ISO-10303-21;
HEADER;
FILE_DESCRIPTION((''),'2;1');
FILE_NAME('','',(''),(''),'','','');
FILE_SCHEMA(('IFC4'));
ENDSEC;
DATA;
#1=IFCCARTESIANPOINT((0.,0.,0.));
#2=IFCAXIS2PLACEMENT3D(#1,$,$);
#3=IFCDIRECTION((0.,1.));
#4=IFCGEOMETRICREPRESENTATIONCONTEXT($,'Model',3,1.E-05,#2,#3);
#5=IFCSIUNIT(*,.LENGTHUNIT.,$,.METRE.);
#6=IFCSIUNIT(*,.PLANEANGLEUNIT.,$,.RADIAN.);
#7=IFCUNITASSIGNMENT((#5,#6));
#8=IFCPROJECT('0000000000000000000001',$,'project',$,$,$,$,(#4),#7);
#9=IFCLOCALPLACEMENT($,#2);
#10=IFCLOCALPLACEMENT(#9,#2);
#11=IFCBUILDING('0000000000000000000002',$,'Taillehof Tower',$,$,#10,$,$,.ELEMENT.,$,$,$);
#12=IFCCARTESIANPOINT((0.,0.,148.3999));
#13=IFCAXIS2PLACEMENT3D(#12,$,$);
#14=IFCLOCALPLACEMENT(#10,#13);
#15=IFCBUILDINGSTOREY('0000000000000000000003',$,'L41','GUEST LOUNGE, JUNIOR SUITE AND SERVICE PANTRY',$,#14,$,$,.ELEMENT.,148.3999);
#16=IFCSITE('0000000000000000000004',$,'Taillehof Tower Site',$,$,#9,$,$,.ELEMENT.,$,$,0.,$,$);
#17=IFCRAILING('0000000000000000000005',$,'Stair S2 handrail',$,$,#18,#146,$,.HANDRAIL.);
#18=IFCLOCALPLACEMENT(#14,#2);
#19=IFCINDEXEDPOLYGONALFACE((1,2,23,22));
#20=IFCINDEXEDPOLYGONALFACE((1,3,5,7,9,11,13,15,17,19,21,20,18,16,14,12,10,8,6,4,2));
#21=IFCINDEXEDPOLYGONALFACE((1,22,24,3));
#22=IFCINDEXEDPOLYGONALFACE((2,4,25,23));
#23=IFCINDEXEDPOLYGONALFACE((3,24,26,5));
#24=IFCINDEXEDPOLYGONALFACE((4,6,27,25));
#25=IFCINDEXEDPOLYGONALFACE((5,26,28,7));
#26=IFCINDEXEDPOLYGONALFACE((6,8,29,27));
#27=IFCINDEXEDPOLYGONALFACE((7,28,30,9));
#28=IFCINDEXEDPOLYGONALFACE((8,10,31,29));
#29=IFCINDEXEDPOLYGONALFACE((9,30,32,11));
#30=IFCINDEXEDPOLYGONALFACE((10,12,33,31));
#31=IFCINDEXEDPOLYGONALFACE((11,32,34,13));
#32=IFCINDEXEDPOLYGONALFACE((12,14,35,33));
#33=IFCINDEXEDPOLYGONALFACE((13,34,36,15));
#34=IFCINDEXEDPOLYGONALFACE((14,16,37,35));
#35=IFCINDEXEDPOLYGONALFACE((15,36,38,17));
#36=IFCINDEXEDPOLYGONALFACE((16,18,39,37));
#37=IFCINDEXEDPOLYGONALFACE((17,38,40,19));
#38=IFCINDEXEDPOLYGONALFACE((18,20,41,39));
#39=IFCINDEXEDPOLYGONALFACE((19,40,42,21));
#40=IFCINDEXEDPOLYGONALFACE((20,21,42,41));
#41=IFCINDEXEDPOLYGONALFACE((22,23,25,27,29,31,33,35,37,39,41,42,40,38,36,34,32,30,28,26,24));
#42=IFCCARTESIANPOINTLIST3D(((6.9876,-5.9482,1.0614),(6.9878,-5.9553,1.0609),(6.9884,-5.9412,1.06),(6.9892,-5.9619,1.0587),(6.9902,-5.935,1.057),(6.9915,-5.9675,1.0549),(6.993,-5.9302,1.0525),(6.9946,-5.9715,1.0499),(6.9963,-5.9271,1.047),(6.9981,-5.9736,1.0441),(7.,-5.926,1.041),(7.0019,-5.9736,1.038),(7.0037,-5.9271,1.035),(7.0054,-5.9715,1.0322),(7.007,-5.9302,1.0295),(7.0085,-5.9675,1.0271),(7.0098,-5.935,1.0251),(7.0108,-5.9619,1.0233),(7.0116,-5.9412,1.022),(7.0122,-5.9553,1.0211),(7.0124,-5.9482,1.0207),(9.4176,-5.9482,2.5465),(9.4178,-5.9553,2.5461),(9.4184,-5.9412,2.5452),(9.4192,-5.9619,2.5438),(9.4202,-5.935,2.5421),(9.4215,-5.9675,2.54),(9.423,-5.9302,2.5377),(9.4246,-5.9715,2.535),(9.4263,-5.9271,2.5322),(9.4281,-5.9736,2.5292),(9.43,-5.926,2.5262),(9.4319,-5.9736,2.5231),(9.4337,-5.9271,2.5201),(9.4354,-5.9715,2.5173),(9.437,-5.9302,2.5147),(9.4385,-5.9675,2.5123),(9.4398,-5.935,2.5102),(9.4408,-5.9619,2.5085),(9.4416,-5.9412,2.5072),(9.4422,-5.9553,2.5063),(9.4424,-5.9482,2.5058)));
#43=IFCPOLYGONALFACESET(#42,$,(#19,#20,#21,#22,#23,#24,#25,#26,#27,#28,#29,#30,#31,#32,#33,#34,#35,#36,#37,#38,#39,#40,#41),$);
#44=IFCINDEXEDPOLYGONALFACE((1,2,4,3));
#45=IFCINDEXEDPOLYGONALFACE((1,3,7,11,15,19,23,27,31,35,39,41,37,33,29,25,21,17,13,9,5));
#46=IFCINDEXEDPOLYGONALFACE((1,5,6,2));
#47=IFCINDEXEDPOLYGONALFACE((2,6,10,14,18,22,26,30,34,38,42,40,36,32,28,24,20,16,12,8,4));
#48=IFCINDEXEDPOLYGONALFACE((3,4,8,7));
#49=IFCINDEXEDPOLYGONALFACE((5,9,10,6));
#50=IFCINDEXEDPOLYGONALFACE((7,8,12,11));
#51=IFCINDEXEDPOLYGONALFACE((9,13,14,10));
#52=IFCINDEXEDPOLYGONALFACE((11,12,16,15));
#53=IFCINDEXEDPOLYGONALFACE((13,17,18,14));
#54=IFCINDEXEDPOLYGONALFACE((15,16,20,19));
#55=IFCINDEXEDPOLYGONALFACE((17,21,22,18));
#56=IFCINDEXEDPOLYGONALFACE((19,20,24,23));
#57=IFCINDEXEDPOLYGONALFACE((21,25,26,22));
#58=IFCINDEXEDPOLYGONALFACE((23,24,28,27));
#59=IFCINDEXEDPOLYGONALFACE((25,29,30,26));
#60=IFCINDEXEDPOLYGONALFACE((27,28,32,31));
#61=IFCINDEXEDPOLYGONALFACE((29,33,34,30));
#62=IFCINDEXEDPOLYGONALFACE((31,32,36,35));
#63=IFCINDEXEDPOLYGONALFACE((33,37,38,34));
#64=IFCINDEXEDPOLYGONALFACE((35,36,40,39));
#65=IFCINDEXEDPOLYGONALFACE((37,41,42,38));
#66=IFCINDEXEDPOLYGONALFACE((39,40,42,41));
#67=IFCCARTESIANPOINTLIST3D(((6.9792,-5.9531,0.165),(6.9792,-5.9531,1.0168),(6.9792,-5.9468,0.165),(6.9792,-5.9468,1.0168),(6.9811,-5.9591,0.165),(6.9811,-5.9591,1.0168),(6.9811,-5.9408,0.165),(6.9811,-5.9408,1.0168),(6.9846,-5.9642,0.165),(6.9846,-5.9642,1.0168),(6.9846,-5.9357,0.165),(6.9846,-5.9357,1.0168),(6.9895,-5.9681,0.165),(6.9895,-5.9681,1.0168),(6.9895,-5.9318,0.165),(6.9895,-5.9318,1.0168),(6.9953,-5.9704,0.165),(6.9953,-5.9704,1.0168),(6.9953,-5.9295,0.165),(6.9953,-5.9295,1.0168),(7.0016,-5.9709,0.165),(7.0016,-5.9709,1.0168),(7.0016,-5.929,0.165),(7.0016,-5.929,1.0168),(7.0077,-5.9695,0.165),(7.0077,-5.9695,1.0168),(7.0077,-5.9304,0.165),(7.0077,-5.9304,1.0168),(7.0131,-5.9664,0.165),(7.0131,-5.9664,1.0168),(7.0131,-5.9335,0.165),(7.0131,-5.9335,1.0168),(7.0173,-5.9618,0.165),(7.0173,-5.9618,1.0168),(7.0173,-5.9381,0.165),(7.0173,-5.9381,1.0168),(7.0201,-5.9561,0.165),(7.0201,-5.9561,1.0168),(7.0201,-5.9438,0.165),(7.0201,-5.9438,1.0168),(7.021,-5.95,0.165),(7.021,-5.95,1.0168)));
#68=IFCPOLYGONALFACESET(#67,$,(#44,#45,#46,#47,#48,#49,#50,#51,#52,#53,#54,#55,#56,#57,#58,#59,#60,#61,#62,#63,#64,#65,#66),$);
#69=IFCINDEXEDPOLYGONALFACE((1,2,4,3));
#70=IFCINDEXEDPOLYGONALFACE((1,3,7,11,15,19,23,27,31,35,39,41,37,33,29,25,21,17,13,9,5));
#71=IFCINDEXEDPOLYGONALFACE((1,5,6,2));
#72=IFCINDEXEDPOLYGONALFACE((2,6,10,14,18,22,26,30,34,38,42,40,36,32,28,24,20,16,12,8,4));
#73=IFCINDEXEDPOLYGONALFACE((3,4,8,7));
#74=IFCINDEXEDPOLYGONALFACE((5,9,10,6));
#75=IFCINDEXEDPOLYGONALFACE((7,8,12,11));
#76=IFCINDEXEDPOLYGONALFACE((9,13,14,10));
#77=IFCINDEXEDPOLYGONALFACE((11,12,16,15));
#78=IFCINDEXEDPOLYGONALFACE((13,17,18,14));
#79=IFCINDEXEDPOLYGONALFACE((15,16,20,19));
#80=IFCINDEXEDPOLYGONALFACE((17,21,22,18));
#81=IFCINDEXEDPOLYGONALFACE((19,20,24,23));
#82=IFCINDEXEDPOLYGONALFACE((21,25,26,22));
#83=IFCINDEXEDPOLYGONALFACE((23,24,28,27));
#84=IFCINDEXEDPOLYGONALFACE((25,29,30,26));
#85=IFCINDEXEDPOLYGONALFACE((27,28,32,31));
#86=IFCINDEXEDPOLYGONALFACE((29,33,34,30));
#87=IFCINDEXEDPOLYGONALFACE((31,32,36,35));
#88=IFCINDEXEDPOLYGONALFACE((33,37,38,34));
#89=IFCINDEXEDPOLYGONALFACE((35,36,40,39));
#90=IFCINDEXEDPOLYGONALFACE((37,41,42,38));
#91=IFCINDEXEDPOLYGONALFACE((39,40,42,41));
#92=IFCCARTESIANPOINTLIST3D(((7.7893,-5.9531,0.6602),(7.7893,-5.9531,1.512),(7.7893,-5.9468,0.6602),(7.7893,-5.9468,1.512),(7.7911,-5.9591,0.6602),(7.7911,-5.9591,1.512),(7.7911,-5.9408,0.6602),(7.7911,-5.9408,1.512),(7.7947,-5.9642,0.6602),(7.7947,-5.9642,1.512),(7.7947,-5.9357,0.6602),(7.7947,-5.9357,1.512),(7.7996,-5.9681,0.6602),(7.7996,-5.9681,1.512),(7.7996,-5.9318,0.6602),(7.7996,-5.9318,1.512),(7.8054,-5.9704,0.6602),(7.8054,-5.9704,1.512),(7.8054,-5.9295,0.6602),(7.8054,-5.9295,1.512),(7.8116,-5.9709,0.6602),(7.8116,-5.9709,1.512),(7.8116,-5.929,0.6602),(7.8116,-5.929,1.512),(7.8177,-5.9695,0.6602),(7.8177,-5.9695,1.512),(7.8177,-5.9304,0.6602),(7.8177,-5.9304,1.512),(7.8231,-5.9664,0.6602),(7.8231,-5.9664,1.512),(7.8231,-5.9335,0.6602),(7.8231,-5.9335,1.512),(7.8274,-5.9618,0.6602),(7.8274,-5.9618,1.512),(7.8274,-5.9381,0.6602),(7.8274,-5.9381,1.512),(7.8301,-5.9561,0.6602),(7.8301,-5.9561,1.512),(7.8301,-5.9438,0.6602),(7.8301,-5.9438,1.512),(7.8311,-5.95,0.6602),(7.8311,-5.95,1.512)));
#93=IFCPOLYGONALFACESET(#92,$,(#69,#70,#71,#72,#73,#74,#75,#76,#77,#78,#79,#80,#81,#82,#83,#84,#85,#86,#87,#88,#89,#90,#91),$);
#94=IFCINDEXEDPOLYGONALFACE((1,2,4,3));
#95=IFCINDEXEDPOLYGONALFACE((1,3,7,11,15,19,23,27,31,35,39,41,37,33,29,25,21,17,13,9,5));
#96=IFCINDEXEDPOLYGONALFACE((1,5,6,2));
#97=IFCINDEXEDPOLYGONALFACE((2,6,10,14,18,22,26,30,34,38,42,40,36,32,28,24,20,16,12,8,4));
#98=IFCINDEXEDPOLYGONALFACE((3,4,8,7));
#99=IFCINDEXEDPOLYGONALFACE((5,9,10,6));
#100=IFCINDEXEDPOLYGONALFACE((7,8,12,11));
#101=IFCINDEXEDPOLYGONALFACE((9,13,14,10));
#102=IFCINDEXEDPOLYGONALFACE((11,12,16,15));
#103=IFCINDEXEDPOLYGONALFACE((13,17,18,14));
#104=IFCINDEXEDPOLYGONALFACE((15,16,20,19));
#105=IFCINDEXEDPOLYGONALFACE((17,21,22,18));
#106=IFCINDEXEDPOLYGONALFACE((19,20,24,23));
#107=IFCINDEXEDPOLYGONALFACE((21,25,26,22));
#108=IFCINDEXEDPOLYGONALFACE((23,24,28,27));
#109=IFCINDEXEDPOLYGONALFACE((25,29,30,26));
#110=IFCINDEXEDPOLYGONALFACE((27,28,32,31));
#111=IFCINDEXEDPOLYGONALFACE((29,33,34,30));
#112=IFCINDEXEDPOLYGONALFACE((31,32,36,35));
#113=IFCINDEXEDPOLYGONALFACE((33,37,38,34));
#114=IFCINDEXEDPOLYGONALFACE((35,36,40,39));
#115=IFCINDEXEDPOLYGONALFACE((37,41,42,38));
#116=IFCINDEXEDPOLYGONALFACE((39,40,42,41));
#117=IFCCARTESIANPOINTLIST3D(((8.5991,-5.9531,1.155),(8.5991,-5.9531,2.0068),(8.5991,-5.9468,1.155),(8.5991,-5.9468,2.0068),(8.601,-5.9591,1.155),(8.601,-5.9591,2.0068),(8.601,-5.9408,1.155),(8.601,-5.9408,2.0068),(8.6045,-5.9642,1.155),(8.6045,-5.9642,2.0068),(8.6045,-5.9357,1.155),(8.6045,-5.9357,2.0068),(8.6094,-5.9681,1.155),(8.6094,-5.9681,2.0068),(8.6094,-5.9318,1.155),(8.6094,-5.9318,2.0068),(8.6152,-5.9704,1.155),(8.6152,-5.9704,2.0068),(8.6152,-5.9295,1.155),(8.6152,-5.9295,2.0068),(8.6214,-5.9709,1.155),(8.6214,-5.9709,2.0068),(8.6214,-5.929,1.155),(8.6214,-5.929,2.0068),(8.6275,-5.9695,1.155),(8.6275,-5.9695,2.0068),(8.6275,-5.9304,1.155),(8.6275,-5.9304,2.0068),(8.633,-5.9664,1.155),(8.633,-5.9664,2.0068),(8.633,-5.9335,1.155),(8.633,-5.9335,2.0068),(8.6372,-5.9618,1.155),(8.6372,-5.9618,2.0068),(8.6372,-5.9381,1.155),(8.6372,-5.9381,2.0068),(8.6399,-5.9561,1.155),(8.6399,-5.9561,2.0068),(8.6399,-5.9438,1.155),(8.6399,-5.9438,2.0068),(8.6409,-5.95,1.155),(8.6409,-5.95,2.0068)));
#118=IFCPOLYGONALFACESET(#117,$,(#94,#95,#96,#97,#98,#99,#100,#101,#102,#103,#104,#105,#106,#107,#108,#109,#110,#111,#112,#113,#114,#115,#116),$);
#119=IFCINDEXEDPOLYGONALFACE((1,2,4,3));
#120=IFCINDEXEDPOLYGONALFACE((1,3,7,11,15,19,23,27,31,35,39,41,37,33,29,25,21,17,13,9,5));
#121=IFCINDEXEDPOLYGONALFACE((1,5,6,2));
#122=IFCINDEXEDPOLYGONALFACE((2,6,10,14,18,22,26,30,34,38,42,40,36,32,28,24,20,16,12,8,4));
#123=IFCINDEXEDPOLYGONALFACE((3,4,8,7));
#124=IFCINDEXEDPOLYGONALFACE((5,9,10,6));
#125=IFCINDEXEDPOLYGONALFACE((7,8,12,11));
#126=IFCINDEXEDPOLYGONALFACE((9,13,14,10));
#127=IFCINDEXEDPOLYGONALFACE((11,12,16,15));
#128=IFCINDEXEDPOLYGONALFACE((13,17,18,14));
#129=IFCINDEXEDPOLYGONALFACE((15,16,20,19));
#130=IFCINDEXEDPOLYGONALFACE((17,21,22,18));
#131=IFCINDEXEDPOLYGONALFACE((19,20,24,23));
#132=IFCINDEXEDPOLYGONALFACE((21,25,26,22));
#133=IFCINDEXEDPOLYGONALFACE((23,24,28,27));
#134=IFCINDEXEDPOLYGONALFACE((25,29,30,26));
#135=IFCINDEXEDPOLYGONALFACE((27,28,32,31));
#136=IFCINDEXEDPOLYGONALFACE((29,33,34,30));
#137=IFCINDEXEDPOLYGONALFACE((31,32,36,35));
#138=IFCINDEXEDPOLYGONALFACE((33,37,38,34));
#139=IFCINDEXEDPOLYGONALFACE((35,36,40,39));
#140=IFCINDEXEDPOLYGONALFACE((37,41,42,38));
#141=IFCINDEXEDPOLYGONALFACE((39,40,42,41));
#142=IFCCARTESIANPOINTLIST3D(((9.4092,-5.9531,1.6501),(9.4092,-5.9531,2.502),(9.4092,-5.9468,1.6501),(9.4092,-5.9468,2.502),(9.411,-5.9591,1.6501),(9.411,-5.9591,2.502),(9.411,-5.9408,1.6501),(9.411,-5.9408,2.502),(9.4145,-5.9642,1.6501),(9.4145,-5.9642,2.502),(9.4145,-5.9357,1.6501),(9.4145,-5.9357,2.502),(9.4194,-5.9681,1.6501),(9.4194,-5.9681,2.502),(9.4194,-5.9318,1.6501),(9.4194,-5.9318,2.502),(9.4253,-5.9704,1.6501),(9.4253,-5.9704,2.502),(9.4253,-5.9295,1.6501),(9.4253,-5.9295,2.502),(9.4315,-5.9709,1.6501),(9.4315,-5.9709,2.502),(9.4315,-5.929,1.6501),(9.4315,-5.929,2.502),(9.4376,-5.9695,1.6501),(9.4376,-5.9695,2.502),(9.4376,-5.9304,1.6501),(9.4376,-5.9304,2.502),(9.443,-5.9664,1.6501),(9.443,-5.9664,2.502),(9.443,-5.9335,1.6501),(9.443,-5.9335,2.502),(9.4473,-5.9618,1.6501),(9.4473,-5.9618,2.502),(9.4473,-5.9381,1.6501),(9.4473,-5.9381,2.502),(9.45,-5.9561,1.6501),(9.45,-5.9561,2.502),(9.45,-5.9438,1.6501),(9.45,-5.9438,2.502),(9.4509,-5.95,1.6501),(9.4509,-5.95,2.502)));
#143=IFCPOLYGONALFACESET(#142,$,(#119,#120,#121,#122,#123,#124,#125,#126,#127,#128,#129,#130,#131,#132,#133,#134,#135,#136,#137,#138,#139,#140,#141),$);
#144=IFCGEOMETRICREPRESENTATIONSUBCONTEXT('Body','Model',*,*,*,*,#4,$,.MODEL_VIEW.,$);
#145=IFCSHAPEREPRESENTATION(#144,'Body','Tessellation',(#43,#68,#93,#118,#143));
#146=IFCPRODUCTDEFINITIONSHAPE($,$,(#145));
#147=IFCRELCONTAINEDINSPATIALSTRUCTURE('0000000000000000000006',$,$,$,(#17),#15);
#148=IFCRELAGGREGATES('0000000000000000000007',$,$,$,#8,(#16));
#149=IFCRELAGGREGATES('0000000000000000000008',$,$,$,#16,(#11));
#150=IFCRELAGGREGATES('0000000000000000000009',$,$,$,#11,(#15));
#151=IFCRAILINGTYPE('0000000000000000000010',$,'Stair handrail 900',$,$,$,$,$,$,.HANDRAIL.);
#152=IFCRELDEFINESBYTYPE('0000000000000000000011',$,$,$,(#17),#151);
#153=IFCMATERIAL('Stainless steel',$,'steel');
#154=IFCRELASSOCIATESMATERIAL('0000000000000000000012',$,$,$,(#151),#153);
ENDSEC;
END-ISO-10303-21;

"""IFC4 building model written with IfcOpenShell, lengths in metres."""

from ifc_helpers import new_model, si_unit, direction, frame, origin, origin_2d, place, context, subcontext, project, spatial, circle, extrude, material, type_object, element, save


model = new_model("IFC4")

# Units and contexts
model_context = context("Model", 3, precision=1e-05, world=origin(), true_north=direction((0.0, 1.0)))
body_context = subcontext(model_context, "Body", "Model", "MODEL_VIEW")
ifc_project = project(units=[si_unit("LENGTHUNIT", "METRE"), si_unit("PLANEANGLEUNIT", "RADIAN")], contexts=[model_context])

# Site, building, storey
site_placement = place(None, origin())
site = spatial("IfcSite", under=ifc_project, at=site_placement, Name="Taillehof Tower Site", CompositionType="ELEMENT", RefElevation=0.0)
building_placement = place(site_placement, origin())
building = spatial("IfcBuilding", under=site, at=building_placement, Name="Taillehof Tower", CompositionType="ELEMENT")
storey_placement = place(building_placement, frame((0.0, 0.0, 148.3999)))
storey = spatial("IfcBuildingStorey", under=building, at=storey_placement, Name="L41", Description="GUEST LOUNGE, JUNIOR SUITE AND SERVICE PANTRY", CompositionType="ELEMENT", Elevation=148.3999)

# Railing
ifc_material_1 = material(Name="Stainless steel", Category="steel")
railing_type = type_object("IfcRailingType", Name="Stair handrail 900", PredefinedType="HANDRAIL", material=ifc_material_1)
railing_placement = place(storey_placement, frame((7.0, -5.95, 0.165)))
element("IfcRailing", 1, at=railing_placement, inside=storey, type_object=railing_type, Name="Stair S2 handrail", PredefinedType="HANDRAIL", context=body_context, shape_type="SweptSolid", body=[
    extrude(circle(Radius=0.0239, at=origin_2d()), frame((0.0, 0.0, 0.876), z_axis=(0.853259, 0.0, 0.521488), x_axis=(0.0, 1.0, 0.0)), (0.0, 0.0, 1.0), 2.8479),
    extrude(circle(Radius=0.021, at=origin_2d()), origin(), (0.0, 0.0, 1.0), 0.8518),
    extrude(circle(Radius=0.021, at=origin_2d()), frame((0.8101, 0.0, 0.4951)), (0.0, 0.0, 1.0), 0.8518),
    extrude(circle(Radius=0.021, at=origin_2d()), frame((1.6199, 0.0, 0.99)), (0.0, 0.0, 1.0), 0.8518),
    extrude(circle(Radius=0.021, at=origin_2d()), frame((2.4299, 0.0, 1.4851)), (0.0, 0.0, 1.0), 0.8518),
])

save(model, "model.ifc")
